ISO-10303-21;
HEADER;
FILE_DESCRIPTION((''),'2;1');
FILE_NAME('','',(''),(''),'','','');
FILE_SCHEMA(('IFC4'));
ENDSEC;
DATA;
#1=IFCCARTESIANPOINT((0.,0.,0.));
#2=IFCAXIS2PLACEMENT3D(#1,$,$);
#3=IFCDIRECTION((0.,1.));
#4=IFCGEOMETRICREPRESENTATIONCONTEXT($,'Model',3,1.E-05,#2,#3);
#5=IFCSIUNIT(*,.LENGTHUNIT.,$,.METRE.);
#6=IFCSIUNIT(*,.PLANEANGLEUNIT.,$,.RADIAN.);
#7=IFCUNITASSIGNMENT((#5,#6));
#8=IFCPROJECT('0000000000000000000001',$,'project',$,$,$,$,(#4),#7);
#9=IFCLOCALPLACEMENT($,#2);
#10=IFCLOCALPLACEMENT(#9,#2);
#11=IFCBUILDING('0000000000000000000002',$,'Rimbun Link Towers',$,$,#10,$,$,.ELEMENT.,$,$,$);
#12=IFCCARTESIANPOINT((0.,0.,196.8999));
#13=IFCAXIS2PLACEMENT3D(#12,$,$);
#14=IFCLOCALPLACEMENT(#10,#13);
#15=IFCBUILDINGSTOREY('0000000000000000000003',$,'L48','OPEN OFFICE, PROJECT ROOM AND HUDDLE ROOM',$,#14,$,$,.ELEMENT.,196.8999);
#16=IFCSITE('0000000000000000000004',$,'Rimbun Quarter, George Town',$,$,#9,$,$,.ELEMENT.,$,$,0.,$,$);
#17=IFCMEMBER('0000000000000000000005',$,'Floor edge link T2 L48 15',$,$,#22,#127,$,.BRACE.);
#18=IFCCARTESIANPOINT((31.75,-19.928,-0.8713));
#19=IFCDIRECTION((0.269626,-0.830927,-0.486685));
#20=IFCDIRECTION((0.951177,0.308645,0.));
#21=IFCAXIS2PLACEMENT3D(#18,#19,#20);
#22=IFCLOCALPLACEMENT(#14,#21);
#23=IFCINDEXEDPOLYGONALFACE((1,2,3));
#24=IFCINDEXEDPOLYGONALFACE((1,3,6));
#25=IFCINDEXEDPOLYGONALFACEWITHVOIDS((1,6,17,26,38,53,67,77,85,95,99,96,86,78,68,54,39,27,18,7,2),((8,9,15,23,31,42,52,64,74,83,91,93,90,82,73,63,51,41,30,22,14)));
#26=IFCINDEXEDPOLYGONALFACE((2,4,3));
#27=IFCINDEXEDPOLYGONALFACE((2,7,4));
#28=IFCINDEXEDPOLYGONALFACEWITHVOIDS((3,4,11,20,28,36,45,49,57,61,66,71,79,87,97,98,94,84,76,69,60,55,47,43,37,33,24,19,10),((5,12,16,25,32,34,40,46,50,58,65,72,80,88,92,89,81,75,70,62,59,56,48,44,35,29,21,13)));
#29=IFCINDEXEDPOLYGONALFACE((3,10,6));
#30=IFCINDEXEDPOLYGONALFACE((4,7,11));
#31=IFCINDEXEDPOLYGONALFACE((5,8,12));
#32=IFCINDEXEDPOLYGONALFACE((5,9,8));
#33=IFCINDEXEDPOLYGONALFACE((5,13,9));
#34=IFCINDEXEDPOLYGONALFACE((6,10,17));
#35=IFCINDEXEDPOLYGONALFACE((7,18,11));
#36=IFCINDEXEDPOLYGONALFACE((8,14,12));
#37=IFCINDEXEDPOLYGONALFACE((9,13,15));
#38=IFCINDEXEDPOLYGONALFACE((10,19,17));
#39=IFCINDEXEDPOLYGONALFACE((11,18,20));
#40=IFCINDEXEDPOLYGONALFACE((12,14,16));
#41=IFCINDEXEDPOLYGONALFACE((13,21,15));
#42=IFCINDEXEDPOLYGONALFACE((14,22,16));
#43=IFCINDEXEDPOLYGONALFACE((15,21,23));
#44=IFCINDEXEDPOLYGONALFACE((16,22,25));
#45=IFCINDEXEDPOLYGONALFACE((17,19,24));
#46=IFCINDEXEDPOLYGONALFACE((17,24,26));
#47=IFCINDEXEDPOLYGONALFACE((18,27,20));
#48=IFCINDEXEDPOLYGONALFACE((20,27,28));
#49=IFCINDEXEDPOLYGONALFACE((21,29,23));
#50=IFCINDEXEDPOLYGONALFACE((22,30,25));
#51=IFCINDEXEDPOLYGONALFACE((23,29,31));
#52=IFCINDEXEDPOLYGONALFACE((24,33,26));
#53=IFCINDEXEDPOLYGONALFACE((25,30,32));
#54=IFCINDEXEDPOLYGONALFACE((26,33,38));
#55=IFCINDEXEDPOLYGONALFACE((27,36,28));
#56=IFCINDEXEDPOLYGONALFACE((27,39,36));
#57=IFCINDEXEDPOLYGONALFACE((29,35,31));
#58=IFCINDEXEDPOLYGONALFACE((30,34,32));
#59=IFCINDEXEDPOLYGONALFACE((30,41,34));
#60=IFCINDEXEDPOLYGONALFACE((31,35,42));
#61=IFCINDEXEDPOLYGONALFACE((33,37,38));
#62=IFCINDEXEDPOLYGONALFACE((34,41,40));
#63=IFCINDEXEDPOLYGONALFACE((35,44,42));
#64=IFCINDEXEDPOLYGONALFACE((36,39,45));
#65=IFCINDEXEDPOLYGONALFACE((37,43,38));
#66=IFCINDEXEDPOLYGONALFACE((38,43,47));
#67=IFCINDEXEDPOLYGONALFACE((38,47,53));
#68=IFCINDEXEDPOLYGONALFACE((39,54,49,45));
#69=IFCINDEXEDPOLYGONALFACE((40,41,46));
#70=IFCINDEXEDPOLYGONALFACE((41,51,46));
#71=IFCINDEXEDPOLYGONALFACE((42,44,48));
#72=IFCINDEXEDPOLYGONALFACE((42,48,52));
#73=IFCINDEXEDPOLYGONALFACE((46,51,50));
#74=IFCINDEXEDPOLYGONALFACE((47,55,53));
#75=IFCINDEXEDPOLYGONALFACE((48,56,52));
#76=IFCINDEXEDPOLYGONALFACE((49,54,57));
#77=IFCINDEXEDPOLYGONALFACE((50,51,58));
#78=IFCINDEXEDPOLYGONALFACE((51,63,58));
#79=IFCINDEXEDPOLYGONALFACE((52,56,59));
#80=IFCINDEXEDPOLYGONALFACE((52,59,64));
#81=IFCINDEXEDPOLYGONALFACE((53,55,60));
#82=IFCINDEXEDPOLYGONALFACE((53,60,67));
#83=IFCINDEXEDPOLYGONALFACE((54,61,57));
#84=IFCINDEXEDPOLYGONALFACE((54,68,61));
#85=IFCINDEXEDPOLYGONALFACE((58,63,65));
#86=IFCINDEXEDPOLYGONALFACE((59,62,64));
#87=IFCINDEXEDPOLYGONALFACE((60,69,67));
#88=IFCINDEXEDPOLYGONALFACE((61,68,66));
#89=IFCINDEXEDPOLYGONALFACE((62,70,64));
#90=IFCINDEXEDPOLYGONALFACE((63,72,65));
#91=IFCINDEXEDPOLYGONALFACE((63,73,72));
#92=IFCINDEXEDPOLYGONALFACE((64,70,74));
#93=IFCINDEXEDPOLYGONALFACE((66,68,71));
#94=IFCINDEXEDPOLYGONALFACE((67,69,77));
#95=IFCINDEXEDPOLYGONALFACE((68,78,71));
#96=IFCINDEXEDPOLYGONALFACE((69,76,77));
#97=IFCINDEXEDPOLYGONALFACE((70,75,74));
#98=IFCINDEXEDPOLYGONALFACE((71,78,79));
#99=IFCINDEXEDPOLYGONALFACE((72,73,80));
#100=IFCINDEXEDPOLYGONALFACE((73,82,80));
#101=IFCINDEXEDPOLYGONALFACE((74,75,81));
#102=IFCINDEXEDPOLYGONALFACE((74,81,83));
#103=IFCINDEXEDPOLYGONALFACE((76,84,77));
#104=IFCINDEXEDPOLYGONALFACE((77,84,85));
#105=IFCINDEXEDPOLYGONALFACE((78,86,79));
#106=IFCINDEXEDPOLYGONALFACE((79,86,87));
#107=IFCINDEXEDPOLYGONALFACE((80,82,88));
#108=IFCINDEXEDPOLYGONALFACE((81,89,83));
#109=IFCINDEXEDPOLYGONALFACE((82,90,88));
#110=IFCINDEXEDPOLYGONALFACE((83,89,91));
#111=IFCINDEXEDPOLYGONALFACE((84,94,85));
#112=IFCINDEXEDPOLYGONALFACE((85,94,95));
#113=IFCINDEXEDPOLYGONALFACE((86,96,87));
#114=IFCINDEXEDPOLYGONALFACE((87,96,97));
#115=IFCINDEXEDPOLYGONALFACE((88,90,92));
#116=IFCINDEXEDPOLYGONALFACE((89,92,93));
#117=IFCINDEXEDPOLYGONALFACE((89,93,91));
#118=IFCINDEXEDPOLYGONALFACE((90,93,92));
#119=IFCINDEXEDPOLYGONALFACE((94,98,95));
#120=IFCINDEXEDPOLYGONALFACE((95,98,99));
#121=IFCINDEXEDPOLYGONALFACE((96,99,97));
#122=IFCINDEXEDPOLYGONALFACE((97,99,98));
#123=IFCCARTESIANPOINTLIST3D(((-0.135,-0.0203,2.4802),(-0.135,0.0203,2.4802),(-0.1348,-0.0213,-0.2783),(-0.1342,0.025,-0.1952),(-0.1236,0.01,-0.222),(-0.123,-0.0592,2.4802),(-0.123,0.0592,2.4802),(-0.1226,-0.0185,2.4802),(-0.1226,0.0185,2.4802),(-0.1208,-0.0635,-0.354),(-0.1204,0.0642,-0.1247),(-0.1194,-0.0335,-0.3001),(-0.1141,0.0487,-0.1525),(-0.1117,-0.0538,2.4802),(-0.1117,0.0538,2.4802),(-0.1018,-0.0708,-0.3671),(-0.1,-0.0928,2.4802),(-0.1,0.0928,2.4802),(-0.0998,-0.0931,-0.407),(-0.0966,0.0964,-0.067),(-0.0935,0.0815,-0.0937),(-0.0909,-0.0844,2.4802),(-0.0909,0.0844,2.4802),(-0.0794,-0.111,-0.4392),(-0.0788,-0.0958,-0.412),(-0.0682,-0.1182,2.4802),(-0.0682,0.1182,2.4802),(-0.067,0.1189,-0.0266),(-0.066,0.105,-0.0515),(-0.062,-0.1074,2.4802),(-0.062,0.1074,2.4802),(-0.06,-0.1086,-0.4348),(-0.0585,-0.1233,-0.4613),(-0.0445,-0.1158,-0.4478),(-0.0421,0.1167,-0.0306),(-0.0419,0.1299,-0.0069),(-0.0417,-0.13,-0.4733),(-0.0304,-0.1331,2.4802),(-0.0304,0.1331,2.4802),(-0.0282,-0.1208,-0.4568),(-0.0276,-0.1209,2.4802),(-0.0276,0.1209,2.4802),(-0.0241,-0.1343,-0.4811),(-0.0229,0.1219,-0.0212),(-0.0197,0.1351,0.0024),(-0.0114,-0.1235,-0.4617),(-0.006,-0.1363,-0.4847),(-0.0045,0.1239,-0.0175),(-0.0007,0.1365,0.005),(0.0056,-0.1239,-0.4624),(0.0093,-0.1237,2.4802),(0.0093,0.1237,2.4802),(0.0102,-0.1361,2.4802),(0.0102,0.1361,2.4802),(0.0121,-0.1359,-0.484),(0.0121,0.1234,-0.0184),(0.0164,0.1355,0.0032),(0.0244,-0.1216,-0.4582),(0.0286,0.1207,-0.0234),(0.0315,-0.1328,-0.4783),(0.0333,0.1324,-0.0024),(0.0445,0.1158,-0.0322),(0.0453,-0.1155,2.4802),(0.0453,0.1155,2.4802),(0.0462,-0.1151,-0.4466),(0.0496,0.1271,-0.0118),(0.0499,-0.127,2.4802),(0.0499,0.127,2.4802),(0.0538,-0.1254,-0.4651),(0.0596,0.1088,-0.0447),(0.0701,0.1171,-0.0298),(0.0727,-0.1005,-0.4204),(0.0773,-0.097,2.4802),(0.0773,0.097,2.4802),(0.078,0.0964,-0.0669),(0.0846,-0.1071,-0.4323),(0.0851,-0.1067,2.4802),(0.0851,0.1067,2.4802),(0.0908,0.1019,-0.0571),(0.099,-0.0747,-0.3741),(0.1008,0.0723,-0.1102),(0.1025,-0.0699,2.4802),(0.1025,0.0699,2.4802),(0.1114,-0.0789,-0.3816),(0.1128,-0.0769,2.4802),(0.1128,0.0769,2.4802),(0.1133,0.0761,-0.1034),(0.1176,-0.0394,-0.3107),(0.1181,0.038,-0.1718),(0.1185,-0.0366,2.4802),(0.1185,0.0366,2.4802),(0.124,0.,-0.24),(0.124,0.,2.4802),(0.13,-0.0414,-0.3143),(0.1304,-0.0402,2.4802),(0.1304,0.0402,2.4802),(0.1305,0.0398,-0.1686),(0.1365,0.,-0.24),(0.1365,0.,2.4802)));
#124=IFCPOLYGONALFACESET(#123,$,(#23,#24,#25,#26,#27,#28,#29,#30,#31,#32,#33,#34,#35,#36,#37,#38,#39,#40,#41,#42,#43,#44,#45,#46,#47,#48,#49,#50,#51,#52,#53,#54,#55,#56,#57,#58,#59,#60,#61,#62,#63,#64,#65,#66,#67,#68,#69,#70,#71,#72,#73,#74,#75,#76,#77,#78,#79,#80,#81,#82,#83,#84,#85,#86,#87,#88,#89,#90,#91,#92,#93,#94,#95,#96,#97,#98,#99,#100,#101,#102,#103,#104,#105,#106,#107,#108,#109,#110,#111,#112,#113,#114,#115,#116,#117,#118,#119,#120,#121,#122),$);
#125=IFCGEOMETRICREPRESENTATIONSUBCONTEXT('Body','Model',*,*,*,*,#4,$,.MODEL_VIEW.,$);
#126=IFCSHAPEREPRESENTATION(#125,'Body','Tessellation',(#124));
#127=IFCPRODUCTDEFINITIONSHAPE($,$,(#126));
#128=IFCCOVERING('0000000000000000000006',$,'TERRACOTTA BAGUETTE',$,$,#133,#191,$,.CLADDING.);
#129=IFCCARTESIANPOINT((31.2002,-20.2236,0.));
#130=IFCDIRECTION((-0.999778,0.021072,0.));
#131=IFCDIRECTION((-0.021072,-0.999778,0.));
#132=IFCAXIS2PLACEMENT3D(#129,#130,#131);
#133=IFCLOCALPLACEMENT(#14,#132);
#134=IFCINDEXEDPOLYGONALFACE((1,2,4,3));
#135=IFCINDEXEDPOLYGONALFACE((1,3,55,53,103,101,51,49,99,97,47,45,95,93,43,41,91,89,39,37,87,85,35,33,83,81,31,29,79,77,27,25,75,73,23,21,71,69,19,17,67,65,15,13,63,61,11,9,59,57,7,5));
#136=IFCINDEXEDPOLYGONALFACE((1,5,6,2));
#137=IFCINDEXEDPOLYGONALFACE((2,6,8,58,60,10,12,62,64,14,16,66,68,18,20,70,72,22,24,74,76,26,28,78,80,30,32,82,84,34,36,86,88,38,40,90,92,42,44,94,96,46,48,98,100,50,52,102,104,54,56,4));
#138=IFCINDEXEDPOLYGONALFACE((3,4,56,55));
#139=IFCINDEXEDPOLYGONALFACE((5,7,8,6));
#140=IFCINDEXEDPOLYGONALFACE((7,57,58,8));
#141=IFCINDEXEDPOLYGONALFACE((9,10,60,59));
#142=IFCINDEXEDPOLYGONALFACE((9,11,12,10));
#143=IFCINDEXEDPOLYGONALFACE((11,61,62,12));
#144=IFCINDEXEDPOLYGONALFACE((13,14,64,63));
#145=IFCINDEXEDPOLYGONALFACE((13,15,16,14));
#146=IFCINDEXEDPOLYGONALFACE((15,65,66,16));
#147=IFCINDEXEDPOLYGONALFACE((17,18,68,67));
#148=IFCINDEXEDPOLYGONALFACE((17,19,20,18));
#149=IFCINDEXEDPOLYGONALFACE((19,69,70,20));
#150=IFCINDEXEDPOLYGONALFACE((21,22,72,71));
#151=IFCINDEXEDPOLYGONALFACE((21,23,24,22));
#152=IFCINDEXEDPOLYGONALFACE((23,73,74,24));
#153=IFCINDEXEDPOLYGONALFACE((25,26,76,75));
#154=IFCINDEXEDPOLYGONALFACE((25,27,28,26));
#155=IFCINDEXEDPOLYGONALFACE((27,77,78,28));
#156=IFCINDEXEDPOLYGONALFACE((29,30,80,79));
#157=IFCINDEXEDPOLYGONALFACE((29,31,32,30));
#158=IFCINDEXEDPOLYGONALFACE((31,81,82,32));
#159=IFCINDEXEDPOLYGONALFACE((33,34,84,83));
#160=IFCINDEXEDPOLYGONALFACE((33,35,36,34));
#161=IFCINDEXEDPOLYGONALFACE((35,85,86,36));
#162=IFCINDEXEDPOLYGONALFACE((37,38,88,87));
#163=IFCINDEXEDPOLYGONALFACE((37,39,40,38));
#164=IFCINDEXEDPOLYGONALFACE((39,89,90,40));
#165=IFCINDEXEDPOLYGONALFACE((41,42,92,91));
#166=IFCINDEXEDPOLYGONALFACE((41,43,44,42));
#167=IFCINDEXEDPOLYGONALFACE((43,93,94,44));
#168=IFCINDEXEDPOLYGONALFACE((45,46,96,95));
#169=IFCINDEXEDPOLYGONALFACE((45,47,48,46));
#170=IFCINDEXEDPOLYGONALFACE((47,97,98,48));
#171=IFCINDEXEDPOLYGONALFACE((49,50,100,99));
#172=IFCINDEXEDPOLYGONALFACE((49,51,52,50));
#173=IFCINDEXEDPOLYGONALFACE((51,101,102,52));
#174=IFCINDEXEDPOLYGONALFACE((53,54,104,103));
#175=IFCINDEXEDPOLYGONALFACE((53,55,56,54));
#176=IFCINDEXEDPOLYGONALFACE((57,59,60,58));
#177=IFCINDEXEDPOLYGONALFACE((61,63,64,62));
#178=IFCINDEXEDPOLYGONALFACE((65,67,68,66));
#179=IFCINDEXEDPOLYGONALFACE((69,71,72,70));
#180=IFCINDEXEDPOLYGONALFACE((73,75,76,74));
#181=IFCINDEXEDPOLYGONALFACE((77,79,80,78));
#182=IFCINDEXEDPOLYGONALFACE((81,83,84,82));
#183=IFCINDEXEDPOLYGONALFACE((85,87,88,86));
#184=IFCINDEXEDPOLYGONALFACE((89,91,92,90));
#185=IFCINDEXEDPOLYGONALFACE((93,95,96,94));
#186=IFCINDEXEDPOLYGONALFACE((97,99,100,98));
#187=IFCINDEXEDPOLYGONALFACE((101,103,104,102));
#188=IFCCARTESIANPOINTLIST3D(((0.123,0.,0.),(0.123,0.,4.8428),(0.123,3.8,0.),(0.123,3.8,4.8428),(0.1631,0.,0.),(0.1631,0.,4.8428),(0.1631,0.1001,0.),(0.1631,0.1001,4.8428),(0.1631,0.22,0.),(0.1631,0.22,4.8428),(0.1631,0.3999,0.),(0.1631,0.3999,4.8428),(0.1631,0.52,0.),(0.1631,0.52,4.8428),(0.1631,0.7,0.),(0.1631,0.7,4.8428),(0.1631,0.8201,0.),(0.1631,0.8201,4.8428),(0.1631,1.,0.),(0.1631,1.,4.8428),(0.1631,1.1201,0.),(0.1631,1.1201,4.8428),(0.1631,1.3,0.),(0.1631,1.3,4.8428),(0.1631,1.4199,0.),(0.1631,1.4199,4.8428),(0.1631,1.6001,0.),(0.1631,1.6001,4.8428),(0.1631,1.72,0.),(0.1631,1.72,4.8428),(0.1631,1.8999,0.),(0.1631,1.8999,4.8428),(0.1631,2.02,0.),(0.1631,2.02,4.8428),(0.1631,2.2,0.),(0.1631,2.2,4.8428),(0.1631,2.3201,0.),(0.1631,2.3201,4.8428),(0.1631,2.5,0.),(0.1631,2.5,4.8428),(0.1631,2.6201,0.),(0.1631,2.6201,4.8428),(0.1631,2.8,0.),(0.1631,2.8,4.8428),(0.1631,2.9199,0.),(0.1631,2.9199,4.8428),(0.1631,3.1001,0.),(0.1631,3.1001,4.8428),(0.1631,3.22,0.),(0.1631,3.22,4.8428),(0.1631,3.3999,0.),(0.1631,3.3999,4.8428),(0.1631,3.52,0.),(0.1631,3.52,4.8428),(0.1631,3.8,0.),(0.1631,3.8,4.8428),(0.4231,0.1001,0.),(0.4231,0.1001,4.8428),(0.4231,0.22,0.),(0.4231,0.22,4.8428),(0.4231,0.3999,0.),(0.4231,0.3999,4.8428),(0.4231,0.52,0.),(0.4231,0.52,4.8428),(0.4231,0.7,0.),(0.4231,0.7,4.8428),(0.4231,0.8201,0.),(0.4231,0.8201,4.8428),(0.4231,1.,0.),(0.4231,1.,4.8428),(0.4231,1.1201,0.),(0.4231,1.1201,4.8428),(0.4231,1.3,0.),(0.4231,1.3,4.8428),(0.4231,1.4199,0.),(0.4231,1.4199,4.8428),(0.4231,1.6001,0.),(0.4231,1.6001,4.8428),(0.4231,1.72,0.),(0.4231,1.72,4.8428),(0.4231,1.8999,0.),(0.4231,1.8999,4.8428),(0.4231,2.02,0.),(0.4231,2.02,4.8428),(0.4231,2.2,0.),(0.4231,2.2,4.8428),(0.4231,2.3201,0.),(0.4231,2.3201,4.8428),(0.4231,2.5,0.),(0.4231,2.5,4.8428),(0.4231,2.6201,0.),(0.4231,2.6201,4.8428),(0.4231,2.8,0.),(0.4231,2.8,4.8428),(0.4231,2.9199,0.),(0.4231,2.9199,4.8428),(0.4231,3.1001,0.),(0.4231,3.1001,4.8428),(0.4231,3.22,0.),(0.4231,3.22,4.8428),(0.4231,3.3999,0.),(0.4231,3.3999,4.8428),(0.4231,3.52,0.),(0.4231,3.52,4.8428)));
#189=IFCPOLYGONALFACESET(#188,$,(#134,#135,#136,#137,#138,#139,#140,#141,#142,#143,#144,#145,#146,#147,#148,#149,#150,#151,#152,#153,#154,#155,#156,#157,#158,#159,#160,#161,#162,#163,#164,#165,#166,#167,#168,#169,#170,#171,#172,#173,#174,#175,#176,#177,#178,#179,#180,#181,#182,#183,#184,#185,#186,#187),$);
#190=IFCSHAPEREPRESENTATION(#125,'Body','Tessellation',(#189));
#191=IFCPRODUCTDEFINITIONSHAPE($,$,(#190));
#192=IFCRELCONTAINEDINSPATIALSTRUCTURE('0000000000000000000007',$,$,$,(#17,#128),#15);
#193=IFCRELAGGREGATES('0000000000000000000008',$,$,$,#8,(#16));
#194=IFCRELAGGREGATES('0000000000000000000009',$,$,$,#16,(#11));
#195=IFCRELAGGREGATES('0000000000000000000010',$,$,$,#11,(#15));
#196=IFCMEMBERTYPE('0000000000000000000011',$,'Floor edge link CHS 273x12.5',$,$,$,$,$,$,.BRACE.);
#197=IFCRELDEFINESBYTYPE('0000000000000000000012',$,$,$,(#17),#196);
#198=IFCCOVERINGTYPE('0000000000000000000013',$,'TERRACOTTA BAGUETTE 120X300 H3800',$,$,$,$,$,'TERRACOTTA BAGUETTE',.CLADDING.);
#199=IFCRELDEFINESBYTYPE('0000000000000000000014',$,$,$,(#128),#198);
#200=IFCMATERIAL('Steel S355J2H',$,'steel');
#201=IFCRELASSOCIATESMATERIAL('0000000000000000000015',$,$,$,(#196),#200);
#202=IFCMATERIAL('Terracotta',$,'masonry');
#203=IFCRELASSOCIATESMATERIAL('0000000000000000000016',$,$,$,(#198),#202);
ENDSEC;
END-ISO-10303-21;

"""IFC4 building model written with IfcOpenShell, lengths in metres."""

from ifc_helpers import new_model, si_unit, direction, frame, origin, origin_2d, place, context, subcontext, project, spatial, polyline, hollow_circle, outline, extrude, clip, halfspace, material, material_profile, profile_set, type_object, element, save


model = new_model("IFC4")

# Units and contexts
model_context = context("Model", 3, precision=1e-05, world=origin(), true_north=direction((0.0, 1.0)))
body_context = subcontext(model_context, "Body", "Model", "MODEL_VIEW")
ifc_project = project(units=[si_unit("LENGTHUNIT", "METRE"), si_unit("PLANEANGLEUNIT", "RADIAN")], contexts=[model_context])

# Site, building, storey
site_placement = place(None, origin())
site = spatial("IfcSite", under=ifc_project, at=site_placement, Name="Rimbun Quarter, George Town", CompositionType="ELEMENT", RefElevation=0.0)
building_placement = place(site_placement, origin())
building = spatial("IfcBuilding", under=site, at=building_placement, Name="Rimbun Link Towers", CompositionType="ELEMENT")
storey_placement = place(building_placement, frame((0.0, 0.0, 196.8999)))
storey = spatial("IfcBuildingStorey", under=building, at=storey_placement, Name="L48", Description="OPEN OFFICE, PROJECT ROOM AND HUDDLE ROOM", CompositionType="ELEMENT", Elevation=196.8999)

# Member
ifc_material_1 = material(Name="Steel S355J2H", Category="steel")
ifc_material_profile_1 = material_profile(ifc_material_1, hollow_circle(Radius=0.1365, WallThickness=0.0125, at=origin_2d()), Name="CHS 273x12.5")
ifc_profile_set_1 = profile_set([ifc_material_profile_1], Name="Steel S355J2H")
member_type_1 = type_object("IfcMemberType", Name="Floor edge link CHS 273x12.5", PredefinedType="BRACE", material=ifc_profile_set_1)
member_1_placement = place(storey_placement, frame((31.75, -19.928, -0.8713), z_axis=(0.269626, -0.830927, -0.486685), x_axis=(0.951177, 0.308645, 0.0)))
element("IfcMember", 1, at=member_1_placement, inside=storey, type_object=member_type_1, Name="Floor edge link T2 L48 15", PredefinedType="BRACE", context=body_context, shape_type="Clipping", body=[
    clip(extrude(hollow_circle(Radius=0.1365, WallThickness=0.0125, at=origin_2d()), frame((0.0, 0.0, -0.5105)), (0.0, 0.0, 1.0), 2.9907), halfspace(frame((0.0, 0.0, -0.24), z_axis=(0.0, 0.873578, -0.486685)), False)),
])

# Covering
ifc_material_2 = material(Name="Terracotta", Category="masonry")
ifc_material_profile_2 = material_profile(ifc_material_2, outline(polyline([(0.123, 0.0), (0.1631, 0.0), (0.1631, 0.1001), (0.4231, 0.1001), (0.4231, 0.22), (0.1631, 0.22), (0.1631, 0.3999), (0.4231, 0.3999), (0.4231, 0.52), (0.1631, 0.52), (0.1631, 0.7), (0.4231, 0.7), (0.4231, 0.8201), (0.1631, 0.8201), (0.1631, 1.0), (0.4231, 1.0), (0.4231, 1.1201), (0.1631, 1.1201), (0.1631, 1.3), (0.4231, 1.3), (0.4231, 1.4199), (0.1631, 1.4199), (0.1631, 1.6001), (0.4231, 1.6001), (0.4231, 1.72), (0.1631, 1.72), (0.1631, 1.8999), (0.4231, 1.8999), (0.4231, 2.02), (0.1631, 2.02), (0.1631, 2.2), (0.4231, 2.2), (0.4231, 2.3201), (0.1631, 2.3201), (0.1631, 2.5), (0.4231, 2.5), (0.4231, 2.6201), (0.1631, 2.6201), (0.1631, 2.8), (0.4231, 2.8), (0.4231, 2.9199), (0.1631, 2.9199), (0.1631, 3.1001), (0.4231, 3.1001), (0.4231, 3.22), (0.1631, 3.22), (0.1631, 3.3999), (0.4231, 3.3999), (0.4231, 3.52), (0.1631, 3.52), (0.1631, 3.8), (0.123, 3.8), (0.123, 0.0)])), Name="BAGUETTE 120X300")
ifc_profile_set_2 = profile_set([ifc_material_profile_2], Name="Terracotta")
covering_type = type_object("IfcCoveringType", Name="TERRACOTTA BAGUETTE 120X300 H3800", ElementType="TERRACOTTA BAGUETTE", PredefinedType="CLADDING", material=ifc_profile_set_2)
covering_1_placement = place(storey_placement, frame((31.2002, -20.2236, 0.0), z_axis=(-0.999778, 0.021072, 0.0), x_axis=(-0.021072, -0.999778, 0.0)))
element("IfcCovering", 2, at=covering_1_placement, inside=storey, type_object=covering_type, Name="TERRACOTTA BAGUETTE", PredefinedType="CLADDING", context=body_context, shape_type="SweptSolid", body=[
    extrude(outline(polyline([(0.123, 0.0), (0.1631, 0.0), (0.1631, 0.1001), (0.4231, 0.1001), (0.4231, 0.22), (0.1631, 0.22), (0.1631, 0.3999), (0.4231, 0.3999), (0.4231, 0.52), (0.1631, 0.52), (0.1631, 0.7), (0.4231, 0.7), (0.4231, 0.8201), (0.1631, 0.8201), (0.1631, 1.0), (0.4231, 1.0), (0.4231, 1.1201), (0.1631, 1.1201), (0.1631, 1.3), (0.4231, 1.3), (0.4231, 1.4199), (0.1631, 1.4199), (0.1631, 1.6001), (0.4231, 1.6001), (0.4231, 1.72), (0.1631, 1.72), (0.1631, 1.8999), (0.4231, 1.8999), (0.4231, 2.02), (0.1631, 2.02), (0.1631, 2.2), (0.4231, 2.2), (0.4231, 2.3201), (0.1631, 2.3201), (0.1631, 2.5), (0.4231, 2.5), (0.4231, 2.6201), (0.1631, 2.6201), (0.1631, 2.8), (0.4231, 2.8), (0.4231, 2.9199), (0.1631, 2.9199), (0.1631, 3.1001), (0.4231, 3.1001), (0.4231, 3.22), (0.1631, 3.22), (0.1631, 3.3999), (0.4231, 3.3999), (0.4231, 3.52), (0.1631, 3.52), (0.1631, 3.8), (0.123, 3.8), (0.123, 0.0)])), origin(), (0.0, 0.0, 1.0), 4.8428),
])

save(model, "model.ifc")
